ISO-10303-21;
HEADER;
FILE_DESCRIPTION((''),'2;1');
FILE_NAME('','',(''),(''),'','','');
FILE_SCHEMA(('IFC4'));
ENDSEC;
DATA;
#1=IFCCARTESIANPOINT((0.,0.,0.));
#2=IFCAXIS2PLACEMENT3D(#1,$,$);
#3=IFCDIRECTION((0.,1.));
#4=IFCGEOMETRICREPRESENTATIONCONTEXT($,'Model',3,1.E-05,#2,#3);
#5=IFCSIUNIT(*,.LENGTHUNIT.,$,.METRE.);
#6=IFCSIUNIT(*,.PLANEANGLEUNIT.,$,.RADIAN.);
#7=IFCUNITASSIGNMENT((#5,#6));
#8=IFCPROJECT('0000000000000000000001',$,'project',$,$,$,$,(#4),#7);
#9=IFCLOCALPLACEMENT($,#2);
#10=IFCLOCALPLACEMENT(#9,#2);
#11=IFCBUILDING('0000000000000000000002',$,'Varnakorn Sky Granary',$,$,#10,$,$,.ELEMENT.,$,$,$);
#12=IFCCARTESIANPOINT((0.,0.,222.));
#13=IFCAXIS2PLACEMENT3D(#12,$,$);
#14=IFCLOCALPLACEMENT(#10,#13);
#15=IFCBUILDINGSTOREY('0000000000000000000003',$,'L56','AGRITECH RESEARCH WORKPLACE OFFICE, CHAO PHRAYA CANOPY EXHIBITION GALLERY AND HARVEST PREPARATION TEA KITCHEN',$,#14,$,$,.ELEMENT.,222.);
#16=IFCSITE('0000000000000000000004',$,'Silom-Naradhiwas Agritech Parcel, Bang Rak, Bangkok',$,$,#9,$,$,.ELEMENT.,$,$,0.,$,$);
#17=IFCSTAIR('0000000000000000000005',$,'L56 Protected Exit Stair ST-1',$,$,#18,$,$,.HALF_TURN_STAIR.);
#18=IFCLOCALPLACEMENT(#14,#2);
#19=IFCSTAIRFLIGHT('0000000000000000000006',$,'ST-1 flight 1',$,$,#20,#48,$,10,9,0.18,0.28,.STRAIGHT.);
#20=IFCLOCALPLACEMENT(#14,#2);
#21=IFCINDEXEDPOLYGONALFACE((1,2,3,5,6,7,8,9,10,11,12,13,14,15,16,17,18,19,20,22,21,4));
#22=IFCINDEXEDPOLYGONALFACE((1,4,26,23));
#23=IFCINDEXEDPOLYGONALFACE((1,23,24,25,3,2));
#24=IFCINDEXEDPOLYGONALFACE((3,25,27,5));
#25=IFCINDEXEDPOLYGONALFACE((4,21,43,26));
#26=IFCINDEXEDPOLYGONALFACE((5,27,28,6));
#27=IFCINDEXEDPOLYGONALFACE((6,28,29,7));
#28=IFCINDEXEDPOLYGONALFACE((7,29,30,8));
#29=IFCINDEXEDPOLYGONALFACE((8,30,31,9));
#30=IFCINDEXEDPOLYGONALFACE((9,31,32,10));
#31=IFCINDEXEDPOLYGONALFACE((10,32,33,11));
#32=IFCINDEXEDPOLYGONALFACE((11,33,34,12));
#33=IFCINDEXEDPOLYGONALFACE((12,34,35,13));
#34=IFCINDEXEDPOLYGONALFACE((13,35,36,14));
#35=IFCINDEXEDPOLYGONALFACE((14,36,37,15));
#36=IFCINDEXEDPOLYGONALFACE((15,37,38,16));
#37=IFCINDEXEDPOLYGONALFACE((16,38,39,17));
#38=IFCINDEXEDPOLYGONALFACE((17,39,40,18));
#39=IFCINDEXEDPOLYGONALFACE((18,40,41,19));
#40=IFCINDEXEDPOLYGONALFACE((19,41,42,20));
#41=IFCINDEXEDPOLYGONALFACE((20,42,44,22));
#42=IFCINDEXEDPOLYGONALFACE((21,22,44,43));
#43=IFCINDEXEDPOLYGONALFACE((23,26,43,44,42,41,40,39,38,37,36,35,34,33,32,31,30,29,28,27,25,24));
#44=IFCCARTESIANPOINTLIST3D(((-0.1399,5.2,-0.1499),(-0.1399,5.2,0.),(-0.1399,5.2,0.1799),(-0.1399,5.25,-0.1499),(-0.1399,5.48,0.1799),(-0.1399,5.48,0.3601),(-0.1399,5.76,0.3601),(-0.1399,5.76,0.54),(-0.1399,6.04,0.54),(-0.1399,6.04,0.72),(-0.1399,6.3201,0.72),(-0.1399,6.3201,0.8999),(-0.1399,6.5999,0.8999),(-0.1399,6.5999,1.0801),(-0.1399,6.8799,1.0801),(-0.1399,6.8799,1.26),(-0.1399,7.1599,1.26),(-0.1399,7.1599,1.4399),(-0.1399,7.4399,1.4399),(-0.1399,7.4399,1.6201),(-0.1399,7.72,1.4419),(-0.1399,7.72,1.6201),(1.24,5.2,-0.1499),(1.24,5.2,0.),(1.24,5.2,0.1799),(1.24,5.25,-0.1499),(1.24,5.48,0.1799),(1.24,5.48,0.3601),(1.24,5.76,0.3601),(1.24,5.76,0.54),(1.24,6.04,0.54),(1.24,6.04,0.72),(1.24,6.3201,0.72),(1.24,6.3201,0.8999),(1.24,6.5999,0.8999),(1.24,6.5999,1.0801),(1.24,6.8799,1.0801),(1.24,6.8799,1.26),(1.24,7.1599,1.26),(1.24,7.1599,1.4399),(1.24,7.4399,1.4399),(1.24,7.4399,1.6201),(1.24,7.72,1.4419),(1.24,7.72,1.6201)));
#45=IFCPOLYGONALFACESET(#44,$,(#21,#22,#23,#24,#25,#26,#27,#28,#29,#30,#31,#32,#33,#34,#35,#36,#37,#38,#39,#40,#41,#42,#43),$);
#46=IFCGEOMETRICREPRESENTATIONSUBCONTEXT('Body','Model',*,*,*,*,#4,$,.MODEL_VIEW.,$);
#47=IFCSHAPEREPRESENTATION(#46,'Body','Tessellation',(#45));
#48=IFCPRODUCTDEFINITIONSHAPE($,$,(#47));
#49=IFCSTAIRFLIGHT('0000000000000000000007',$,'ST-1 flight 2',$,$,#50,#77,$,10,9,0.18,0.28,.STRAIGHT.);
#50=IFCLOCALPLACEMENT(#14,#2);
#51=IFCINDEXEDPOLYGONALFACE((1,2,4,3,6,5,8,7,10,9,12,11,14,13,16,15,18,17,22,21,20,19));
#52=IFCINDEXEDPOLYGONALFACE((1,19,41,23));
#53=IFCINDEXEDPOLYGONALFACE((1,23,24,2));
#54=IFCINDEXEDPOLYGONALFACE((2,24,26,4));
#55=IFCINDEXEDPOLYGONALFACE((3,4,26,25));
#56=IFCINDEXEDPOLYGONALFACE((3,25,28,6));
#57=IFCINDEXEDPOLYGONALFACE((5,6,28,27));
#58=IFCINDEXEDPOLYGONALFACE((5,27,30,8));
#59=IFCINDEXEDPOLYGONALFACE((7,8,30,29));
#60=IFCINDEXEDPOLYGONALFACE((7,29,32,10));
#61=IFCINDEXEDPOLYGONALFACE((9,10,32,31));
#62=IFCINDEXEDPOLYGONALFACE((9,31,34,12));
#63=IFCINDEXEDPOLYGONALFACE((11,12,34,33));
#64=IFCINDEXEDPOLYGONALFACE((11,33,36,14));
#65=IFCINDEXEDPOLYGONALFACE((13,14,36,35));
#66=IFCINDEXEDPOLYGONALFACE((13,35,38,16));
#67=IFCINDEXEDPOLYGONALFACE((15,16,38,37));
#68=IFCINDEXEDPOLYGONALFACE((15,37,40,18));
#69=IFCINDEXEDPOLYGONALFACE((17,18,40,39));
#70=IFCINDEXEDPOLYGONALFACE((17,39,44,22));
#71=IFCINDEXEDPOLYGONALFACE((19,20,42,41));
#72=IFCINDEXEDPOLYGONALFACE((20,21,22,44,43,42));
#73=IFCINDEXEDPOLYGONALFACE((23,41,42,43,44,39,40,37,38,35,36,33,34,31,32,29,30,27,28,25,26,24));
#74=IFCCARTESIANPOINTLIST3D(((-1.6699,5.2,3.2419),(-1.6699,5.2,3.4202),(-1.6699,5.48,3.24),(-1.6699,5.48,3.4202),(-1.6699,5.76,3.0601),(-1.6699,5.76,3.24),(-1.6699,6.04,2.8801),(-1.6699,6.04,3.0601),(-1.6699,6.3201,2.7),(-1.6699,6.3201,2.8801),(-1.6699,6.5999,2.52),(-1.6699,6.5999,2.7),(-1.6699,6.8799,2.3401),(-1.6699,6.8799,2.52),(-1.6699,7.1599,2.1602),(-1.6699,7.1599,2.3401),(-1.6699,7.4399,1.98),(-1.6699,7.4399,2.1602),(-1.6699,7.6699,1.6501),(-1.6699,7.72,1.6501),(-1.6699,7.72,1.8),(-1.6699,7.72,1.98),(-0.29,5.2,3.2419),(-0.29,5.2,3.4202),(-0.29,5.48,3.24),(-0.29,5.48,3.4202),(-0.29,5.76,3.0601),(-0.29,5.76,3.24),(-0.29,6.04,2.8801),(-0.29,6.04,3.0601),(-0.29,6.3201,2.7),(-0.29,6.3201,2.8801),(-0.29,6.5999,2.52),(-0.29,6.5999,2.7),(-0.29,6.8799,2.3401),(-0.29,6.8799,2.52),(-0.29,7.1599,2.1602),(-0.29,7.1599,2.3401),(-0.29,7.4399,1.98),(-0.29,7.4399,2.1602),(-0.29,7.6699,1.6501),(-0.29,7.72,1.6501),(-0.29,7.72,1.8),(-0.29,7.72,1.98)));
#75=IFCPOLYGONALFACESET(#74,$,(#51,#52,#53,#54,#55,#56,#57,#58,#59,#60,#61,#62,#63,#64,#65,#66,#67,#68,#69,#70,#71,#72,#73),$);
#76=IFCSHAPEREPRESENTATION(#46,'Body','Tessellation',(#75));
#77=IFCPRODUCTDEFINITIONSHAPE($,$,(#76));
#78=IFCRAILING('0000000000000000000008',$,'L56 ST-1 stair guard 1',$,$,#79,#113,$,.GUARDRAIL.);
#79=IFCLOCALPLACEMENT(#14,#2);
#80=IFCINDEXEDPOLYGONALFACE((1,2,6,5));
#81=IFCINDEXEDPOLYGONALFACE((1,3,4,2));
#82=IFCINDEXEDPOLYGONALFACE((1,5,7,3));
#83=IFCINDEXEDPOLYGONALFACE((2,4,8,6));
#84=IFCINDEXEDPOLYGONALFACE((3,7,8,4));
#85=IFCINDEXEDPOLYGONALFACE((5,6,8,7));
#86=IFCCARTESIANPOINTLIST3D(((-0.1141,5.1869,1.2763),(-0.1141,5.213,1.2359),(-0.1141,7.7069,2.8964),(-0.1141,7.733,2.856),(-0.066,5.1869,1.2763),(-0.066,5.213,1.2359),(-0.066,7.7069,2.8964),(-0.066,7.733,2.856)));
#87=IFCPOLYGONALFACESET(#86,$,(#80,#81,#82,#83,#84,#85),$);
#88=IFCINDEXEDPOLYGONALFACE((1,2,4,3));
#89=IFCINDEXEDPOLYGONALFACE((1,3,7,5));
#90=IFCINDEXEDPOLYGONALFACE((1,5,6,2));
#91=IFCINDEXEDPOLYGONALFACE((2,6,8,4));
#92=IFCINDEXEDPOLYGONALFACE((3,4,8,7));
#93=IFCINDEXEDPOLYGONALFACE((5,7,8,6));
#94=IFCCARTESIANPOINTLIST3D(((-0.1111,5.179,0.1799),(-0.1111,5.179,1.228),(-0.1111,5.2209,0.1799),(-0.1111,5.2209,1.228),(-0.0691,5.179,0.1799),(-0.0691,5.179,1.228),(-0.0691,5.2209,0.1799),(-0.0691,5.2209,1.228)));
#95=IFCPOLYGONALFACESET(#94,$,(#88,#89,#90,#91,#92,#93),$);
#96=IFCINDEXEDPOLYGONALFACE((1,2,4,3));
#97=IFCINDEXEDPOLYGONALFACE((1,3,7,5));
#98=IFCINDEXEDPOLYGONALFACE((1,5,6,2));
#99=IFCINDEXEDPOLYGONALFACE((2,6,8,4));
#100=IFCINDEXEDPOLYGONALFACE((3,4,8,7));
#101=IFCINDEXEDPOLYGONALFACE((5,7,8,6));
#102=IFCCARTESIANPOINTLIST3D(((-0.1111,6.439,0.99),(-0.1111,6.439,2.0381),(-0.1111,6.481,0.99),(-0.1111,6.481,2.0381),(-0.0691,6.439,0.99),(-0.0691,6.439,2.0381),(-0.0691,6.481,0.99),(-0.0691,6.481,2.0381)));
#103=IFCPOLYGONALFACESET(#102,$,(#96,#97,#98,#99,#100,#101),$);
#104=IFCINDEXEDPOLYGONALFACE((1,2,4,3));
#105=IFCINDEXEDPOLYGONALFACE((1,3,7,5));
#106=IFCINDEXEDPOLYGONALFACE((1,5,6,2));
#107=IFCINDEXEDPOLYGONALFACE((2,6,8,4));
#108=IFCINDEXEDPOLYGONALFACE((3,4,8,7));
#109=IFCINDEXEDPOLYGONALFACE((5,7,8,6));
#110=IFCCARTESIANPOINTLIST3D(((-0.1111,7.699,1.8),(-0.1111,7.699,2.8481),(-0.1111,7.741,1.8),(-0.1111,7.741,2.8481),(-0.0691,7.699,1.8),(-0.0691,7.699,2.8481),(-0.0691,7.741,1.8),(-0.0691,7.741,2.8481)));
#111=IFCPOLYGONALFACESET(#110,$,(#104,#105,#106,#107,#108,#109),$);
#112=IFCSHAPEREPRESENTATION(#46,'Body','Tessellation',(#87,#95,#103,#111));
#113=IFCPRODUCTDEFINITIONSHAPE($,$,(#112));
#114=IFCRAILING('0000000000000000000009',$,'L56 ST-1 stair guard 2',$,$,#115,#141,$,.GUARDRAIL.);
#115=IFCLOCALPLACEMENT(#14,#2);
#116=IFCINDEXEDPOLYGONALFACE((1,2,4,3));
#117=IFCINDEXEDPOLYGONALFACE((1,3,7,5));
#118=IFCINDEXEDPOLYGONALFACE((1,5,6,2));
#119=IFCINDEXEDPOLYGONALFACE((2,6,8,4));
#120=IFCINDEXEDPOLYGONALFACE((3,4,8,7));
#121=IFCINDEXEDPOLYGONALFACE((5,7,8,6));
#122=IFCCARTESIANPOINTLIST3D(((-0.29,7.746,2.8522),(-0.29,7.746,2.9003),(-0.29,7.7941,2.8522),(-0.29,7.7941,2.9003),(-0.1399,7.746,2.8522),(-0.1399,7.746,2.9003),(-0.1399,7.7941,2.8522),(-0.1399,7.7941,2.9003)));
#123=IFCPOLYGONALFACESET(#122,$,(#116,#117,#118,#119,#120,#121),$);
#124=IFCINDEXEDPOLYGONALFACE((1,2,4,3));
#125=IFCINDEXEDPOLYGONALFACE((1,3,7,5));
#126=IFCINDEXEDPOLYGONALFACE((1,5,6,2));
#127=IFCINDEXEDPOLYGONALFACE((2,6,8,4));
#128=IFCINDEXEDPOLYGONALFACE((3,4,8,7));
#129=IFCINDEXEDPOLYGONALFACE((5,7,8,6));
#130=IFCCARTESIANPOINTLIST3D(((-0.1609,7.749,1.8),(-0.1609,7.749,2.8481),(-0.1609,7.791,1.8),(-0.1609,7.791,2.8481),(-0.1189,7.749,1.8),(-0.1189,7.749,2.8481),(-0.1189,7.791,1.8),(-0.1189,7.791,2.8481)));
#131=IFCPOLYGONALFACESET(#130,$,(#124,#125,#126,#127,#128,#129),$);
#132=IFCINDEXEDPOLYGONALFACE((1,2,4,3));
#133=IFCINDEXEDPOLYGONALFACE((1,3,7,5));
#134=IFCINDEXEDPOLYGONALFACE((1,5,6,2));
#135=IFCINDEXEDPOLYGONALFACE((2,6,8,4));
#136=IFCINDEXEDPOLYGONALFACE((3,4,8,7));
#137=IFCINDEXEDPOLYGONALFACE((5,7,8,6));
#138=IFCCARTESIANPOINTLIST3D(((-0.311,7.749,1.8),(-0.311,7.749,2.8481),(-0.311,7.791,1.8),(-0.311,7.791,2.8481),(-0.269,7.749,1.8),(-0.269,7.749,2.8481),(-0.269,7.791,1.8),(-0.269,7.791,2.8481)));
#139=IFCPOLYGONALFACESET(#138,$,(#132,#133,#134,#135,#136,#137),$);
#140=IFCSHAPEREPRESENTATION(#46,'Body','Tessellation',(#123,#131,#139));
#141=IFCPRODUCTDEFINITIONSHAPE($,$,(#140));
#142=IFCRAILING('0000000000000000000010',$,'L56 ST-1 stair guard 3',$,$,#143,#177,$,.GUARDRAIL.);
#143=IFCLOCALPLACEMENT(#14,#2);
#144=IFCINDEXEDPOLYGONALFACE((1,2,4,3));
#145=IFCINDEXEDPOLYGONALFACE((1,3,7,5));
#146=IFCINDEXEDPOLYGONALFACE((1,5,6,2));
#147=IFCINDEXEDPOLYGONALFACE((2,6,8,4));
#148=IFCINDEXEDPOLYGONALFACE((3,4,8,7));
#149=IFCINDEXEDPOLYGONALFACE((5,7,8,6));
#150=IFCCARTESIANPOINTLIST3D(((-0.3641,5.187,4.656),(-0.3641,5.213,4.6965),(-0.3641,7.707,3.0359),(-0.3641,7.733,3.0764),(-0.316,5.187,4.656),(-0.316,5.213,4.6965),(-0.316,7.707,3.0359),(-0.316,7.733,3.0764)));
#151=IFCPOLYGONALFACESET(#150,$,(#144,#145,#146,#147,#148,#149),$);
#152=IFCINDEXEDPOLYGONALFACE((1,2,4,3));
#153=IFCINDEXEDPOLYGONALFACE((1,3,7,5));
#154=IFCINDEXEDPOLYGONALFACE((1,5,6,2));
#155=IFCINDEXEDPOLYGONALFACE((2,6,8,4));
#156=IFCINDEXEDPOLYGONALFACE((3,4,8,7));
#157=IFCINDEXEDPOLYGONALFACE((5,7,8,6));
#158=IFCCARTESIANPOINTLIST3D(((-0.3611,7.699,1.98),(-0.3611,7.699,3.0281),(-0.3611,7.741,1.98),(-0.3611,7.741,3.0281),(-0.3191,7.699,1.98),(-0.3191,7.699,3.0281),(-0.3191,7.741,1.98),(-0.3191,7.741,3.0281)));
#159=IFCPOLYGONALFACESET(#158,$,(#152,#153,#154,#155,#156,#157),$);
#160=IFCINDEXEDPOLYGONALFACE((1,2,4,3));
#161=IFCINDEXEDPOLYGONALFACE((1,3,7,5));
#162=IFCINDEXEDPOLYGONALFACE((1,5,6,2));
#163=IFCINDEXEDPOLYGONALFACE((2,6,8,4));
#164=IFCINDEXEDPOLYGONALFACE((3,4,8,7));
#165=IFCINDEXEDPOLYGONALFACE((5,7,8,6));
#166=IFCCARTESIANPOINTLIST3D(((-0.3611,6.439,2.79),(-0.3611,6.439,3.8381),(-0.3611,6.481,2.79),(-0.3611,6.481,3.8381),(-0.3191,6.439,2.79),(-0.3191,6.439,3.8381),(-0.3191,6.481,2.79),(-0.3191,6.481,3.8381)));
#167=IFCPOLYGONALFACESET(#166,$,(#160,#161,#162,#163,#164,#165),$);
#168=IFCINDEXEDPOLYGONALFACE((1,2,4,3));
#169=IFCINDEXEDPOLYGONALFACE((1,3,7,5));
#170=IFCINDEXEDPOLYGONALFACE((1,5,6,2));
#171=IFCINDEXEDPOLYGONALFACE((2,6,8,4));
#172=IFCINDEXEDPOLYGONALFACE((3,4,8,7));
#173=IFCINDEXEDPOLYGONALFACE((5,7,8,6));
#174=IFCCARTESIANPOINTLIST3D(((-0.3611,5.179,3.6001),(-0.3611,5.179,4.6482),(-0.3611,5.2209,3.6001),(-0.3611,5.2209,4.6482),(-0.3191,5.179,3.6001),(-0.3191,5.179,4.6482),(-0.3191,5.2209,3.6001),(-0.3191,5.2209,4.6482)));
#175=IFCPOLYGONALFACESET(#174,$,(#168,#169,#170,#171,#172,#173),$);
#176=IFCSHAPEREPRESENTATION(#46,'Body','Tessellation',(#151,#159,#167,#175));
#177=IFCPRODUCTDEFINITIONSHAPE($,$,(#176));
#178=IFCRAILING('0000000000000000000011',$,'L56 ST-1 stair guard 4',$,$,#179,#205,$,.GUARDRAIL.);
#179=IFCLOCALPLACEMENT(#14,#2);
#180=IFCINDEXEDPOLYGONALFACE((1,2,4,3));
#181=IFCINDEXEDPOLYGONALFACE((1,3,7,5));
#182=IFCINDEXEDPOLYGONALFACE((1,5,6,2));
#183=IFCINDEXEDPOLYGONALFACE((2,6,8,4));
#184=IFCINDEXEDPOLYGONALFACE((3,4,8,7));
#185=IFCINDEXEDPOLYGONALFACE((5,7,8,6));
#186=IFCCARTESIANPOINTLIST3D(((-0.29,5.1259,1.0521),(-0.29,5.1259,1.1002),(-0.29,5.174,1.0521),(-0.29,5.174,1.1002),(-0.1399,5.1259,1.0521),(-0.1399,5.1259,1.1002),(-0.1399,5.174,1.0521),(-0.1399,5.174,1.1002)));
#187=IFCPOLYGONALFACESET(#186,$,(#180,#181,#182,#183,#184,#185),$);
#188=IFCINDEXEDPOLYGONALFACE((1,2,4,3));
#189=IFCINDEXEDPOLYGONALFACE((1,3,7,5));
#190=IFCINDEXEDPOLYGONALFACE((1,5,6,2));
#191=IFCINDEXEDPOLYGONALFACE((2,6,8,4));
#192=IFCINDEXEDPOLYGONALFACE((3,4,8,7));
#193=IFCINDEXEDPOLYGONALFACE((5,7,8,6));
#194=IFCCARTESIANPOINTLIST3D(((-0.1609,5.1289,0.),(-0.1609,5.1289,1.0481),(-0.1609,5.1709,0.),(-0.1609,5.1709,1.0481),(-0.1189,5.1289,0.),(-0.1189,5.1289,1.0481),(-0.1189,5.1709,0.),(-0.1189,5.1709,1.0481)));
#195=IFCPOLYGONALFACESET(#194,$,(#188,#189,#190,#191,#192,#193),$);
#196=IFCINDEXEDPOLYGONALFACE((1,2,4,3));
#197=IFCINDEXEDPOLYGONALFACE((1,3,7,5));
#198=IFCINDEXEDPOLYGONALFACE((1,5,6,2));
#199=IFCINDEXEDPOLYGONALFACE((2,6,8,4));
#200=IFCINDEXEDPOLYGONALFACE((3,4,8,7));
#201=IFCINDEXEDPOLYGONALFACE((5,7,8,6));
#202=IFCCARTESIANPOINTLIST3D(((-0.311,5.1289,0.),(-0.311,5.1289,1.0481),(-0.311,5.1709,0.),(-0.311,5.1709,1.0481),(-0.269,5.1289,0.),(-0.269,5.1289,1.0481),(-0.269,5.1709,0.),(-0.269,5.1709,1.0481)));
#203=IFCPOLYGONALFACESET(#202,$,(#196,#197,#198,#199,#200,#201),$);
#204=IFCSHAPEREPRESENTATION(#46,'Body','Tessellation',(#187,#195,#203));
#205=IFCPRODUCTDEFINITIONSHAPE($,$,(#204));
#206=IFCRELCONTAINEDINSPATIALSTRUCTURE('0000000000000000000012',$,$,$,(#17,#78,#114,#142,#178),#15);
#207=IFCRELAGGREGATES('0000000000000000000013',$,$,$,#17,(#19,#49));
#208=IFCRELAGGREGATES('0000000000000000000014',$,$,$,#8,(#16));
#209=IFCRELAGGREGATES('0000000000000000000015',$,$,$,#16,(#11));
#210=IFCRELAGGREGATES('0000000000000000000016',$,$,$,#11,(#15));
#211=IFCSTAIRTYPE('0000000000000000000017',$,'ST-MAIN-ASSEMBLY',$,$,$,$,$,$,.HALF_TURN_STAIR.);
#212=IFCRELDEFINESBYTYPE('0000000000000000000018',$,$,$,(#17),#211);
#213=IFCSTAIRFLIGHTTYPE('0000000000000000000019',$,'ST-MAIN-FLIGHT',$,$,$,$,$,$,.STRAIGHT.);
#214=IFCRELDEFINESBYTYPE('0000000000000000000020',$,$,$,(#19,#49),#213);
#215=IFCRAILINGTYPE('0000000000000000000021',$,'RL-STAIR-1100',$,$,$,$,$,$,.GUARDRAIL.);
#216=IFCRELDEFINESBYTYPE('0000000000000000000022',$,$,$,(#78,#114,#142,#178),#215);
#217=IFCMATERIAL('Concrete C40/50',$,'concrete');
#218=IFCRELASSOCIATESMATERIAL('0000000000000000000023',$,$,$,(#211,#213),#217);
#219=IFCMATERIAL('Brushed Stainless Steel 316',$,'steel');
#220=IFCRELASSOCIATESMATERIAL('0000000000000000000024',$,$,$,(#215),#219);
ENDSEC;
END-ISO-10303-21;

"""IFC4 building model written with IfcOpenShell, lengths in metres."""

from ifc_helpers import new_model, si_unit, direction, frame, origin, origin_2d, place, context, subcontext, project, spatial, polyline, rectangle, outline, extrude, material, type_object, element, aggregate, save


model = new_model("IFC4")

# Units and contexts
model_context = context("Model", 3, precision=1e-05, world=origin(), true_north=direction((0.0, 1.0)))
body_context = subcontext(model_context, "Body", "Model", "MODEL_VIEW")
ifc_project = project(units=[si_unit("LENGTHUNIT", "METRE"), si_unit("PLANEANGLEUNIT", "RADIAN")], contexts=[model_context])

# Site, building, storey
site_placement = place(None, origin())
site = spatial("IfcSite", under=ifc_project, at=site_placement, Name="Silom-Naradhiwas Agritech Parcel, Bang Rak, Bangkok", CompositionType="ELEMENT", RefElevation=0.0)
building_placement = place(site_placement, origin())
building = spatial("IfcBuilding", under=site, at=building_placement, Name="Varnakorn Sky Granary", CompositionType="ELEMENT")
storey_placement = place(building_placement, frame((0.0, 0.0, 222.0)))
storey = spatial("IfcBuildingStorey", under=building, at=storey_placement, Name="L56", Description="AGRITECH RESEARCH WORKPLACE OFFICE, CHAO PHRAYA CANOPY EXHIBITION GALLERY AND HARVEST PREPARATION TEA KITCHEN", CompositionType="ELEMENT", Elevation=222.0)

# Stair, stair flights
ifc_material_1 = material(Name="Concrete C40/50", Category="concrete")
stair_type = type_object("IfcStairType", Name="ST-MAIN-ASSEMBLY", PredefinedType="HALF_TURN_STAIR", material=ifc_material_1)
stair_placement = place(storey_placement, origin())
stair = element("IfcStair", 1, at=stair_placement, inside=storey, type_object=stair_type, Name="L56 Protected Exit Stair ST-1", PredefinedType="HALF_TURN_STAIR")
stair_flight_type = type_object("IfcStairFlightType", Name="ST-MAIN-FLIGHT", PredefinedType="STRAIGHT", material=ifc_material_1)
stair_flight_1_placement = place(storey_placement, frame((0.55, 5.2, 0.0), z_axis=(0.0, 0.0, 1.0), x_axis=(0.0, 1.0, 0.0)))
stair_flight_1 = element("IfcStairFlight", 2, at=stair_flight_1_placement, type_object=stair_flight_type, Name="ST-1 flight 1", NumberOfRisers=10, NumberOfTreads=9, PredefinedType="STRAIGHT", RiserHeight=0.18, TreadLength=0.28, context=body_context, shape_type="SweptSolid", body=[
    extrude(outline(polyline([(0.0, -0.1499), (0.0, 0.0), (0.0, 0.1799), (0.28, 0.1799), (0.28, 0.3601), (0.5601, 0.3601), (0.5601, 0.54), (0.8401, 0.54), (0.8401, 0.72), (1.1201, 0.72), (1.1201, 0.8999), (1.3999, 0.8999), (1.3999, 1.0801), (1.6799, 1.0801), (1.6799, 1.26), (1.96, 1.26), (1.96, 1.4399), (2.24, 1.4399), (2.24, 1.6201), (2.52, 1.6201), (2.52, 1.8), (2.52, 1.4419), (0.05, -0.1499), (0.0, -0.1499)])), frame((0.0, 0.6899, 0.0), z_axis=(0.0, -1.0, 0.0), x_axis=(1.0, 0.0, 0.0)), (0.0, 0.0, 1.0), 1.3799),
])
stair_flight_2_placement = place(storey_placement, frame((-0.98, 7.72, 1.8), z_axis=(0.0, 0.0, 1.0), x_axis=(0.0, -1.0, 0.0)))
stair_flight_2 = element("IfcStairFlight", 3, at=stair_flight_2_placement, type_object=stair_flight_type, Name="ST-1 flight 2", NumberOfRisers=10, NumberOfTreads=9, PredefinedType="STRAIGHT", RiserHeight=0.18, TreadLength=0.28, context=body_context, shape_type="SweptSolid", body=[
    extrude(outline(polyline([(0.0, -0.1499), (0.0, 0.0), (0.0, 0.1799), (0.28, 0.1799), (0.28, 0.3601), (0.5601, 0.3601), (0.5601, 0.54), (0.8401, 0.54), (0.8401, 0.72), (1.1201, 0.72), (1.1201, 0.8999), (1.3999, 0.8999), (1.3999, 1.0801), (1.6799, 1.0801), (1.6799, 1.26), (1.96, 1.26), (1.96, 1.4399), (2.24, 1.4399), (2.24, 1.6201), (2.52, 1.6201), (2.52, 1.8), (2.52, 1.4419), (0.05, -0.1499), (0.0, -0.1499)])), frame((0.0, 0.6899, 0.0), z_axis=(0.0, -1.0, 0.0), x_axis=(1.0, 0.0, 0.0)), (0.0, 0.0, 1.0), 1.3799),
])
aggregate(stair, [stair_flight_1, stair_flight_2])

# Railings
ifc_material_2 = material(Name="Brushed Stainless Steel 316", Category="steel")
railing_type_1 = type_object("IfcRailingType", Name="RL-STAIR-1100", PredefinedType="GUARDRAIL", material=ifc_material_2)
railing_1_placement = place(storey_placement, frame((-0.0901, 5.2, 0.1799)))
element("IfcRailing", 4, at=railing_1_placement, inside=storey, type_object=railing_type_1, Name="L56 ST-1 stair guard 1", PredefinedType="GUARDRAIL", context=body_context, shape_type="SweptSolid", body=[
    extrude(rectangle(XDim=0.0481, YDim=0.0481, at=origin_2d()), frame((0.0, 0.0, 1.0762), z_axis=(0.0, 0.841163, 0.540782), x_axis=(-1.0, 0.0, 0.0)), (0.0, 0.0, 1.0), 2.9958),
    extrude(rectangle(XDim=0.042, YDim=0.042, at=origin_2d()), origin(), (0.0, 0.0, 1.0), 1.0481),
    extrude(rectangle(XDim=0.042, YDim=0.042, at=origin_2d()), frame((0.0, 1.26, 0.8101)), (0.0, 0.0, 1.0), 1.0481),
    extrude(rectangle(XDim=0.042, YDim=0.042, at=origin_2d()), frame((0.0, 2.52, 1.6201)), (0.0, 0.0, 1.0), 1.0481),
])
railing_2_placement = place(storey_placement, frame((-0.1399, 7.77, 1.8)))
element("IfcRailing", 5, at=railing_2_placement, inside=storey, type_object=railing_type_1, Name="L56 ST-1 stair guard 2", PredefinedType="GUARDRAIL", context=body_context, shape_type="SweptSolid", body=[
    extrude(rectangle(XDim=0.0481, YDim=0.0481, at=origin_2d()), frame((0.0, 0.0, 1.0762), z_axis=(-1.0, 0.0, 0.0), x_axis=(0.0, -1.0, 0.0)), (0.0, 0.0, 1.0), 0.1501),
    extrude(rectangle(XDim=0.042, YDim=0.042, at=origin_2d()), origin(), (0.0, 0.0, 1.0), 1.0481),
    extrude(rectangle(XDim=0.042, YDim=0.042, at=origin_2d()), frame((-0.1501, 0.0, 0.0)), (0.0, 0.0, 1.0), 1.0481),
])
railing_3_placement = place(storey_placement, frame((-0.3401, 7.72, 1.98)))
element("IfcRailing", 6, at=railing_3_placement, inside=storey, type_object=railing_type_1, Name="L56 ST-1 stair guard 3", PredefinedType="GUARDRAIL", context=body_context, shape_type="SweptSolid", body=[
    extrude(rectangle(XDim=0.0481, YDim=0.0481, at=origin_2d()), frame((0.0, 0.0, 1.0762), z_axis=(0.0, -0.841163, 0.540782), x_axis=(1.0, 0.0, 0.0)), (0.0, 0.0, 1.0), 2.9958),
    extrude(rectangle(XDim=0.042, YDim=0.042, at=origin_2d()), origin(), (0.0, 0.0, 1.0), 1.0481),
    extrude(rectangle(XDim=0.042, YDim=0.042, at=origin_2d()), frame((0.0, -1.26, 0.8101)), (0.0, 0.0, 1.0), 1.0481),
    extrude(rectangle(XDim=0.042, YDim=0.042, at=origin_2d()), frame((0.0, -2.52, 1.6201)), (0.0, 0.0, 1.0), 1.0481),
])
railing_4_placement = place(storey_placement, frame((-0.1399, 5.1499, 0.0)))
element("IfcRailing", 7, at=railing_4_placement, inside=storey, type_object=railing_type_1, Name="L56 ST-1 stair guard 4", PredefinedType="GUARDRAIL", context=body_context, shape_type="SweptSolid", body=[
    extrude(rectangle(XDim=0.0481, YDim=0.0481, at=origin_2d()), frame((0.0, 0.0, 1.0762), z_axis=(-1.0, 0.0, 0.0), x_axis=(0.0, -1.0, 0.0)), (0.0, 0.0, 1.0), 0.1501),
    extrude(rectangle(XDim=0.042, YDim=0.042, at=origin_2d()), origin(), (0.0, 0.0, 1.0), 1.0481),
    extrude(rectangle(XDim=0.042, YDim=0.042, at=origin_2d()), frame((-0.1501, 0.0, 0.0)), (0.0, 0.0, 1.0), 1.0481),
])

save(model, "model.ifc")
